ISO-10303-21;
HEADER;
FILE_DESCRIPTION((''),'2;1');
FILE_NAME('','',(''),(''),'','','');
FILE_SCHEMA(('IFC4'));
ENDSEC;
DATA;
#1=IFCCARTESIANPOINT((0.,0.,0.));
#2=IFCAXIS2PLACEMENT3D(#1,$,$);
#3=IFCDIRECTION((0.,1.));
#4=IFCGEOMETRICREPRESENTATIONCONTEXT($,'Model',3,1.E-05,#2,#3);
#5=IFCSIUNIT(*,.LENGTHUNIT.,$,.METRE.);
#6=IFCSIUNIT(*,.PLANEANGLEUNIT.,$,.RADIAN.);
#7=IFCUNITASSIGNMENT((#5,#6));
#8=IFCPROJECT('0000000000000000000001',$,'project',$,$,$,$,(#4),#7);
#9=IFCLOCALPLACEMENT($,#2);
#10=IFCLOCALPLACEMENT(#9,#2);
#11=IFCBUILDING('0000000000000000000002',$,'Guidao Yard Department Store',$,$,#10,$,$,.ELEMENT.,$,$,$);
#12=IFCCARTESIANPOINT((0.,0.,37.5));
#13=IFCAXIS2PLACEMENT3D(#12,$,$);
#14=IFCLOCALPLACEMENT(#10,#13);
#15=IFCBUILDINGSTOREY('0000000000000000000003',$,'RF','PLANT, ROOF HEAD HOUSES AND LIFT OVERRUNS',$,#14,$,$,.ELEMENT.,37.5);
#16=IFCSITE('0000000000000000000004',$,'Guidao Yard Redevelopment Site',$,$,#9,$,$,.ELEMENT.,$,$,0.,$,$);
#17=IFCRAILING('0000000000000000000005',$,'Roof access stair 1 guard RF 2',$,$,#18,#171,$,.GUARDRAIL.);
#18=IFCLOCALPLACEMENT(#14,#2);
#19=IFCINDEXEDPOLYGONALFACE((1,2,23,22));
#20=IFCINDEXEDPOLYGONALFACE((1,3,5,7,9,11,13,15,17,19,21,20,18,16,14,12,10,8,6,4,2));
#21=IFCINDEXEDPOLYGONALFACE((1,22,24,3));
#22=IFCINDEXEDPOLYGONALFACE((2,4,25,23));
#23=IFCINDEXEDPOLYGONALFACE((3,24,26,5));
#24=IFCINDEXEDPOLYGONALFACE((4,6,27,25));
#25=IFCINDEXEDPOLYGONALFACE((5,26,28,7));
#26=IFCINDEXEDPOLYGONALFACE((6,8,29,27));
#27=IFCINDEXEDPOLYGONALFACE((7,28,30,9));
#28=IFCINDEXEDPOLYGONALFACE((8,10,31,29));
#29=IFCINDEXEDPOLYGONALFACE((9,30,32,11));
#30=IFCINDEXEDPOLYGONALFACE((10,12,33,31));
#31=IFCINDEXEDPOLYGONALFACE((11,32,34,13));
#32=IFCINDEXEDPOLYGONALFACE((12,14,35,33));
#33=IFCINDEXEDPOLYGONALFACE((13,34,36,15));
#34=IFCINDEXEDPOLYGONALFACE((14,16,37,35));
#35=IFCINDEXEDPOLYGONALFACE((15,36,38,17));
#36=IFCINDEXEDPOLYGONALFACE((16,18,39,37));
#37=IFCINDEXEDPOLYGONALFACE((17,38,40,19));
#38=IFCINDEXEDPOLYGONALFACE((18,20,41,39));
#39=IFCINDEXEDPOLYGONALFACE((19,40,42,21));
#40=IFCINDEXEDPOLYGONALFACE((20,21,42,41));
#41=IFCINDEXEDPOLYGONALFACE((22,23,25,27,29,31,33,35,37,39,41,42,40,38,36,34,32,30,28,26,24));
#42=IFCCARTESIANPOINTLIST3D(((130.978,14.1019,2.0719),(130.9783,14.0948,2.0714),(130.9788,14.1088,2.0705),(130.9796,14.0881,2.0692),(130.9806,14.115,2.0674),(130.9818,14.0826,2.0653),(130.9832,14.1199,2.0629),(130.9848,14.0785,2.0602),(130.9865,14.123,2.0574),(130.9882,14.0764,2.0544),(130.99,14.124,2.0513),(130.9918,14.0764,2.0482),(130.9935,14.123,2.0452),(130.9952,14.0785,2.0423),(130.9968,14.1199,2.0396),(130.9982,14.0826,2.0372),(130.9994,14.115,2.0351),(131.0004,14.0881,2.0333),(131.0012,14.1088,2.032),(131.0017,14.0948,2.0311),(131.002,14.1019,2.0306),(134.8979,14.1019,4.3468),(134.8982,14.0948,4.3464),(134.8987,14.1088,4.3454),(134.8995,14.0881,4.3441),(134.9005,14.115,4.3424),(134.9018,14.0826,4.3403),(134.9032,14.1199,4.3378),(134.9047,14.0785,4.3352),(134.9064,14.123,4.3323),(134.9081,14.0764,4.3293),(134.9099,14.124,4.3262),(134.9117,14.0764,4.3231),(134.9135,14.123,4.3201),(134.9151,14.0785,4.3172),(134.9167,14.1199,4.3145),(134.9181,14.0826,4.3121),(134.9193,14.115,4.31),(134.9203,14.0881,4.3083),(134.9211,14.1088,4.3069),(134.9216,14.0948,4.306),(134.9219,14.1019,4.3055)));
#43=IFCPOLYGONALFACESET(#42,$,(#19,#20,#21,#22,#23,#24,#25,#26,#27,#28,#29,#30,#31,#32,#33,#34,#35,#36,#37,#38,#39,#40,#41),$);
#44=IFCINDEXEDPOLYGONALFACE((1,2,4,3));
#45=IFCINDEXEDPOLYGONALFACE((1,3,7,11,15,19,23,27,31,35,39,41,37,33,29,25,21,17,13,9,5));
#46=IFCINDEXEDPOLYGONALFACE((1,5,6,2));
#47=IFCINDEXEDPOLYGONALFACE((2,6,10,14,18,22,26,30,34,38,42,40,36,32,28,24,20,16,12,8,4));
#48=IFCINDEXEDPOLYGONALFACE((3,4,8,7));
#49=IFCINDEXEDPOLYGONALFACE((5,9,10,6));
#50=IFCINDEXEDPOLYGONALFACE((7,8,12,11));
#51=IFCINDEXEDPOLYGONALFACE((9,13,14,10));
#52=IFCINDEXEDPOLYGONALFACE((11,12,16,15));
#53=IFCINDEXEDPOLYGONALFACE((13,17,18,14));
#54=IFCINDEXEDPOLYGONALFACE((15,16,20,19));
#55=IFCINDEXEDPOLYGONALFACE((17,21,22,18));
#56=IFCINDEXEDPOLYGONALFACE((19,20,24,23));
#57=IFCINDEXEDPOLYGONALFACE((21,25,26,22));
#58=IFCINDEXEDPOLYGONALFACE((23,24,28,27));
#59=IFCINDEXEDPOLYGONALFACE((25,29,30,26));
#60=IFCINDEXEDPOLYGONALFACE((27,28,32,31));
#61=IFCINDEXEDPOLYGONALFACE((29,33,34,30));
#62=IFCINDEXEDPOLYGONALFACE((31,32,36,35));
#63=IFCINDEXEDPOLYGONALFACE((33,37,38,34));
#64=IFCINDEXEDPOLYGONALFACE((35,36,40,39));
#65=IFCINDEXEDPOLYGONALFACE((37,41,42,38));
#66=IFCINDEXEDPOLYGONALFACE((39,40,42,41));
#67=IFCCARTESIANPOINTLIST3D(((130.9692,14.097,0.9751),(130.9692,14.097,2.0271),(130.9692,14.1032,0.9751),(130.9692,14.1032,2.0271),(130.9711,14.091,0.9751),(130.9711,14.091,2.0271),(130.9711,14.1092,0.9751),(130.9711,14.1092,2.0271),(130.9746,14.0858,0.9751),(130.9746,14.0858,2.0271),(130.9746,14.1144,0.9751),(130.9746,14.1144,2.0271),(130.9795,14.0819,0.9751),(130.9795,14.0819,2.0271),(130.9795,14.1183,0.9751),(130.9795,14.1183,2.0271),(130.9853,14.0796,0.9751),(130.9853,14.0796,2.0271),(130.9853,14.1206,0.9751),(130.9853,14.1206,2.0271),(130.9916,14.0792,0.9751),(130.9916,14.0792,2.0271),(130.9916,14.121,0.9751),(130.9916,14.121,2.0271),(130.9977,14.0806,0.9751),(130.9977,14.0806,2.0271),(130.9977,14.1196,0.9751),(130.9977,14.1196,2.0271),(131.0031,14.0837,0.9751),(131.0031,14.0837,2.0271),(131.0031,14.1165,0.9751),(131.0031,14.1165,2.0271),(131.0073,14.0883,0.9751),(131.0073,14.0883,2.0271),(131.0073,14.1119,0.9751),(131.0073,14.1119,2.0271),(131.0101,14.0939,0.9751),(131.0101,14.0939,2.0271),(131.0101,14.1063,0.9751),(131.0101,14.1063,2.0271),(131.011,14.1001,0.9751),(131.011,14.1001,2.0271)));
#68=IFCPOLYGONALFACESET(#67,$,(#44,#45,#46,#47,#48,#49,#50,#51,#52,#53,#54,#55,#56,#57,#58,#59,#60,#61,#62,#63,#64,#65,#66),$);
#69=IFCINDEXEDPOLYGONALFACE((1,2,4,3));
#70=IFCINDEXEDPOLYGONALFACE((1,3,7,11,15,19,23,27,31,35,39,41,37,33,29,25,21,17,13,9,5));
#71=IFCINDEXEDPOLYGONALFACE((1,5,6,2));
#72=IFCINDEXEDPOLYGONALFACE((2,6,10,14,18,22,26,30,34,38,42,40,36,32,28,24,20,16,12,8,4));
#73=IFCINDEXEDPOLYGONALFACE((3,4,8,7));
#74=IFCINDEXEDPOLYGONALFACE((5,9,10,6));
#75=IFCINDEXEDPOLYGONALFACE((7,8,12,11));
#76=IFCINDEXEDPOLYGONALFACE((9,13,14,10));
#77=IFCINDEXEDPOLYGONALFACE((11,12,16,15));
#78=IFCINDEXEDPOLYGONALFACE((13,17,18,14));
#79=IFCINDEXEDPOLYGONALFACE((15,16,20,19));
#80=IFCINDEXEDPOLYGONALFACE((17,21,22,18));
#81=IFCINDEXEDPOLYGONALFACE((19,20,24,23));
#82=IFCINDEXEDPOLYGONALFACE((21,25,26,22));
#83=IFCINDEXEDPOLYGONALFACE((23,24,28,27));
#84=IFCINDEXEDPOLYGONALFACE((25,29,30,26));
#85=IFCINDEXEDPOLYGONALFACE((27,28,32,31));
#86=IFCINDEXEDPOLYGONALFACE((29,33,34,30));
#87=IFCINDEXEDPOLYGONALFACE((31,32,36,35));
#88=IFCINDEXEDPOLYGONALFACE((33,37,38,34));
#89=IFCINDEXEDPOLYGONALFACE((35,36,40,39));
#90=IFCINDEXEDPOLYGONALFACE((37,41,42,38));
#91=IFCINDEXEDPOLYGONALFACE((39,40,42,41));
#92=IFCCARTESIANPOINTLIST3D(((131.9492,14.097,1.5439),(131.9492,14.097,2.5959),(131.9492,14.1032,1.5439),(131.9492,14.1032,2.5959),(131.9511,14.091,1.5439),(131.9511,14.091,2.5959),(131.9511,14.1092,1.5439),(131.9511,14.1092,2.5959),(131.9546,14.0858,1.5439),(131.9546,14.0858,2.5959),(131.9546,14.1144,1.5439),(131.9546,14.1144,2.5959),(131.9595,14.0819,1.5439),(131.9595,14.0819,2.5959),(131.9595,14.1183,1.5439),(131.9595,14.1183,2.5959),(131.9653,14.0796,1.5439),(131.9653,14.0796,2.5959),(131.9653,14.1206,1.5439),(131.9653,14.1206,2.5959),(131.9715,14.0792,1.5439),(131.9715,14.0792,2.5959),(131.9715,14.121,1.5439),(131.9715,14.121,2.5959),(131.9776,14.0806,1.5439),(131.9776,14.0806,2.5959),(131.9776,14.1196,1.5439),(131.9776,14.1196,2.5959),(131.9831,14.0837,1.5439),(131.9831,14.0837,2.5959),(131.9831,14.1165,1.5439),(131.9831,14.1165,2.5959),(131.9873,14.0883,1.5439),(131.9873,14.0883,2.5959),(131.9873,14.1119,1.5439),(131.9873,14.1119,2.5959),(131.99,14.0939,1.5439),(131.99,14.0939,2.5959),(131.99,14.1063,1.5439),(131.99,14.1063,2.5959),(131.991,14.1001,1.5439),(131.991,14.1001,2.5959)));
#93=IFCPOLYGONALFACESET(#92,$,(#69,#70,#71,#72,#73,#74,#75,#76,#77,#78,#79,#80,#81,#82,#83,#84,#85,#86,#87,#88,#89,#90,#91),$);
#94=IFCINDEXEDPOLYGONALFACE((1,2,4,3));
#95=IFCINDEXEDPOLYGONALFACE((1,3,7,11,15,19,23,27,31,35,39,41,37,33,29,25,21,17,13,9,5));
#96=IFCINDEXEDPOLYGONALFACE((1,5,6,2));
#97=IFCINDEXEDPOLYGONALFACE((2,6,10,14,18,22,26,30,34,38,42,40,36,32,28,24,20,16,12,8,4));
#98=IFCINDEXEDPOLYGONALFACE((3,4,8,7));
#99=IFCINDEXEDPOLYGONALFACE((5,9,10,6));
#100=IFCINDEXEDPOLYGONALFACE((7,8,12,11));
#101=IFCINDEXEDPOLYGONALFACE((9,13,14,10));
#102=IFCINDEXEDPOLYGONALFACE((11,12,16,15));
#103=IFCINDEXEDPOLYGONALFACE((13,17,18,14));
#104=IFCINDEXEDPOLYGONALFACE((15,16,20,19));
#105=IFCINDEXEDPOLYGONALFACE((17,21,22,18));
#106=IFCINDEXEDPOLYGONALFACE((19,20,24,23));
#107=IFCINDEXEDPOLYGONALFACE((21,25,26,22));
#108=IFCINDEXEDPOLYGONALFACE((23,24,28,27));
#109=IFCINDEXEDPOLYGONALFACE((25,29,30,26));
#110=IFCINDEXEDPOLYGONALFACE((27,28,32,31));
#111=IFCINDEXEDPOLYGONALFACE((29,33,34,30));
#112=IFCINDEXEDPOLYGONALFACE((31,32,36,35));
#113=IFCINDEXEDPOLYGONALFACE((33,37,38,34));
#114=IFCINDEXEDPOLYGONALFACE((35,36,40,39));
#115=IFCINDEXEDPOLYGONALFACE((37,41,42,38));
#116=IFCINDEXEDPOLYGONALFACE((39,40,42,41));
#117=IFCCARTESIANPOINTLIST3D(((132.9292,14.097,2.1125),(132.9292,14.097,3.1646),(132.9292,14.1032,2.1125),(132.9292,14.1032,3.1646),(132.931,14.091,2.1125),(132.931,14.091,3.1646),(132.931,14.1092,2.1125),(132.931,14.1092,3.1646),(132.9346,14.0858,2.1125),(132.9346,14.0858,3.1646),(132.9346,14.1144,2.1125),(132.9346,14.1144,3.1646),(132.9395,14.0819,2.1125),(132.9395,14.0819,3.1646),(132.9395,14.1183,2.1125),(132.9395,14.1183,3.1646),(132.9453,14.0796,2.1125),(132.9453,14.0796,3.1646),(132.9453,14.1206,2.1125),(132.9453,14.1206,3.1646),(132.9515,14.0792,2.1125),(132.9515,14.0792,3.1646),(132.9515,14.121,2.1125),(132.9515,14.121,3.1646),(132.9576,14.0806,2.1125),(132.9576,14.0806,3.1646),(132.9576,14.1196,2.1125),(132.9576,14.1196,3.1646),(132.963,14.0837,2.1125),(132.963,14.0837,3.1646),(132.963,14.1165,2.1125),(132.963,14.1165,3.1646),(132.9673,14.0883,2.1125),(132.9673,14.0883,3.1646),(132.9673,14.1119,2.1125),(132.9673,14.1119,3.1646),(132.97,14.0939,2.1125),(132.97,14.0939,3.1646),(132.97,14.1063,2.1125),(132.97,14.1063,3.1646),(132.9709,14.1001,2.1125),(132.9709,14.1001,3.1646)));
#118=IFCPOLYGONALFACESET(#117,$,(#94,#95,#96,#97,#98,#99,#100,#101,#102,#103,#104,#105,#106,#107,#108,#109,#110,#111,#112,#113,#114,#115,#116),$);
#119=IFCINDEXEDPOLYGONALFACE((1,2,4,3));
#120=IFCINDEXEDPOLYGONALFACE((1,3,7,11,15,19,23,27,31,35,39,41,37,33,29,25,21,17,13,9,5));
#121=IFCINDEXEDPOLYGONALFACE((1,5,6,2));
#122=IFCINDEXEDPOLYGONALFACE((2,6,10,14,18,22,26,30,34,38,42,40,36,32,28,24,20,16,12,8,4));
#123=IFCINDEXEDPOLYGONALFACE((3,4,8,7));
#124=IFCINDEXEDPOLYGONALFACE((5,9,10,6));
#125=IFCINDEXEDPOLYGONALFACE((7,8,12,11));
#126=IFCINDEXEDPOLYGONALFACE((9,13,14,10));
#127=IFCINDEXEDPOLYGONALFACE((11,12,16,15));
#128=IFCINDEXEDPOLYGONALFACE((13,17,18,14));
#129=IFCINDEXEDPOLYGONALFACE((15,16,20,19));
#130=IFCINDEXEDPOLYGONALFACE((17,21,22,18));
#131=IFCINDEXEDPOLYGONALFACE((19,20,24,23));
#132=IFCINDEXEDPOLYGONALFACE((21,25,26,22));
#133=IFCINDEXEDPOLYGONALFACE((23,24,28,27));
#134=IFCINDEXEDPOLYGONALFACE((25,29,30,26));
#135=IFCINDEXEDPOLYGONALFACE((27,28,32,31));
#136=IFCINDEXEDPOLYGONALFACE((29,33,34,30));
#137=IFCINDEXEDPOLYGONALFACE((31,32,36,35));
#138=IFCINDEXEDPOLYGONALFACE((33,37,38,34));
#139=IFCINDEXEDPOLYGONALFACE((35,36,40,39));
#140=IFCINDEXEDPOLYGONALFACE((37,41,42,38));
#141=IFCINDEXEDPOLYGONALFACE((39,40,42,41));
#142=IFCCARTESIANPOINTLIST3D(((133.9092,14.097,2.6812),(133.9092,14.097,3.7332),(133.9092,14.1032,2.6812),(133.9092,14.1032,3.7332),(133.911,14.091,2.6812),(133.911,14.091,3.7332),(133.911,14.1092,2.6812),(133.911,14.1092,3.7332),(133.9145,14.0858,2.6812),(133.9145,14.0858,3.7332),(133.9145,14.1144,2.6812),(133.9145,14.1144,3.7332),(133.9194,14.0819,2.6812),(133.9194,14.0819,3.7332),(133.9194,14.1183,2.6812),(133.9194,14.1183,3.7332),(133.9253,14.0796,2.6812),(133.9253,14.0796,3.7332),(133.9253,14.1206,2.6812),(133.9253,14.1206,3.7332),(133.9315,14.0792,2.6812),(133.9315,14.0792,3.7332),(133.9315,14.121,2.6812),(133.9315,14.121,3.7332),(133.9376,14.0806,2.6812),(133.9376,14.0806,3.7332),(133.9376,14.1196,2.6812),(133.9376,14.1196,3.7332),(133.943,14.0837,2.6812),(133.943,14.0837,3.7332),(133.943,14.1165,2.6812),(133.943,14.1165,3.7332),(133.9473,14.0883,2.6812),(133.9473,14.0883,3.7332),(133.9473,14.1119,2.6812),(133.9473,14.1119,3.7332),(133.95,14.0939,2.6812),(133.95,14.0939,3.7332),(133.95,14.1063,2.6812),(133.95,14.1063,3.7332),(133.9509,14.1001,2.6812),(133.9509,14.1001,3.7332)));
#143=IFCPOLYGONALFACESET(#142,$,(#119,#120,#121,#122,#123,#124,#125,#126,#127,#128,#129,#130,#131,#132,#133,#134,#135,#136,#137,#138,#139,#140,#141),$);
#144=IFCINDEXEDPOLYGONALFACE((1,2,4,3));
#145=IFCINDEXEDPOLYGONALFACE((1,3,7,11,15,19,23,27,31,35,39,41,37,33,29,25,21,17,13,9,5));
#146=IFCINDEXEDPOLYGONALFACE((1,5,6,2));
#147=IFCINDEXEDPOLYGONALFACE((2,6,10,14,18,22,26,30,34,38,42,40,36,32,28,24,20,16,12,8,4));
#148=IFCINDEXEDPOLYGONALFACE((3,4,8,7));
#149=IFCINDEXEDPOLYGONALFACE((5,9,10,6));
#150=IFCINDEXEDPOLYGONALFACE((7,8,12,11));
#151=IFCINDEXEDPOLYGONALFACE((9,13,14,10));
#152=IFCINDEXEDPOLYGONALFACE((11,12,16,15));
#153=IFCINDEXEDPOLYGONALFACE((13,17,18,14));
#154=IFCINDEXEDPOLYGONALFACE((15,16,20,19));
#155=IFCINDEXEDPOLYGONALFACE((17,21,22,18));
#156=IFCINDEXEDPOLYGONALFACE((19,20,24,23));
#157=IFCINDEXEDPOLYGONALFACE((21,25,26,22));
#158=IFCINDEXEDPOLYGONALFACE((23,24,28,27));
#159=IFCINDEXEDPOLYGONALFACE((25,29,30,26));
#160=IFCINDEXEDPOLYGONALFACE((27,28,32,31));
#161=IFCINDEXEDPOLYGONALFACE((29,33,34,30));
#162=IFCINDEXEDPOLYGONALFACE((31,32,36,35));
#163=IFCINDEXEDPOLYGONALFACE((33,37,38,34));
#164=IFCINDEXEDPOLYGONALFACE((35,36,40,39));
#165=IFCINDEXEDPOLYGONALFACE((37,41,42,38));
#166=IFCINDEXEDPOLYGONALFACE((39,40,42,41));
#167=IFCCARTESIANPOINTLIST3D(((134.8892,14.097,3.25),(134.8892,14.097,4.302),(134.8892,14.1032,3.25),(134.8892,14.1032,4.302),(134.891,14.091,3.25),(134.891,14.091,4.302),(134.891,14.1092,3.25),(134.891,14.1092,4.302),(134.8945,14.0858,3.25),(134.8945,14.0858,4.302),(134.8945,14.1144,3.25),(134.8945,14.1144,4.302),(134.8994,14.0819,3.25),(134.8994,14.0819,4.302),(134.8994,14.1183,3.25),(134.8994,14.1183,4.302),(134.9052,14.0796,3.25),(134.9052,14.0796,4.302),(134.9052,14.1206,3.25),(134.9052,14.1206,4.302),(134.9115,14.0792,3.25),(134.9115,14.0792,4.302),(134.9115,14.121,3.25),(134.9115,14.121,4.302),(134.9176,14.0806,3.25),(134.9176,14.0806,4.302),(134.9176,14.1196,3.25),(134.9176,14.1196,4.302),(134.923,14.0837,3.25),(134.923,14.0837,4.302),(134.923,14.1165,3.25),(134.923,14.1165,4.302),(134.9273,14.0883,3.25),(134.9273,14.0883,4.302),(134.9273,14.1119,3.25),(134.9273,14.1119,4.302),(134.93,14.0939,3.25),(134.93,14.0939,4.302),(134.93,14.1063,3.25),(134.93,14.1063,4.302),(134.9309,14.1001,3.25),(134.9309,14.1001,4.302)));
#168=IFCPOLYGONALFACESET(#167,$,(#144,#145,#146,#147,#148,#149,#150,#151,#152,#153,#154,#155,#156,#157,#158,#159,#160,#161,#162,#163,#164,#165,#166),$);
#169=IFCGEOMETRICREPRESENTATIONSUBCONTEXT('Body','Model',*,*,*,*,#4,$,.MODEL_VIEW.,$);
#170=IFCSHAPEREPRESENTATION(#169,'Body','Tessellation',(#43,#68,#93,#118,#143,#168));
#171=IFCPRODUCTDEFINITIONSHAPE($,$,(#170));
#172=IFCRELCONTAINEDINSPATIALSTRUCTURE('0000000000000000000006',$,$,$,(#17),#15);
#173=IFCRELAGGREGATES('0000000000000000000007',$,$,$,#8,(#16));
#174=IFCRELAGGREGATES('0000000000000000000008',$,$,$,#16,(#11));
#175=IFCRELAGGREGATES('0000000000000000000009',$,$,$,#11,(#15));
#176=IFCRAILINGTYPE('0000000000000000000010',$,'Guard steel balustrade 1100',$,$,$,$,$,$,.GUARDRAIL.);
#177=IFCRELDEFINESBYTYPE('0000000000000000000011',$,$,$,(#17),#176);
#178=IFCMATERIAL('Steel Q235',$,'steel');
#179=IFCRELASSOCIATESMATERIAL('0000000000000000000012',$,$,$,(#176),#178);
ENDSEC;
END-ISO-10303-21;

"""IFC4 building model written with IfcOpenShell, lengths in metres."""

from ifc_helpers import new_model, si_unit, direction, frame, origin, origin_2d, place, context, subcontext, project, spatial, circle, extrude, material, type_object, element, save


model = new_model("IFC4")

# Units and contexts
model_context = context("Model", 3, precision=1e-05, world=origin(), true_north=direction((0.0, 1.0)))
body_context = subcontext(model_context, "Body", "Model", "MODEL_VIEW")
ifc_project = project(units=[si_unit("LENGTHUNIT", "METRE"), si_unit("PLANEANGLEUNIT", "RADIAN")], contexts=[model_context])

# Site, building, storey
site_placement = place(None, origin())
site = spatial("IfcSite", under=ifc_project, at=site_placement, Name="Guidao Yard Redevelopment Site", CompositionType="ELEMENT", RefElevation=0.0)
building_placement = place(site_placement, origin())
building = spatial("IfcBuilding", under=site, at=building_placement, Name="Guidao Yard Department Store", CompositionType="ELEMENT")
storey_placement = place(building_placement, frame((0.0, 0.0, 37.5)))
storey = spatial("IfcBuildingStorey", under=building, at=storey_placement, Name="RF", Description="PLANT, ROOF HEAD HOUSES AND LIFT OVERRUNS", CompositionType="ELEMENT", Elevation=37.5)

# Railing
ifc_material_1 = material(Name="Steel Q235", Category="steel")
railing_type_1 = type_object("IfcRailingType", Name="Guard steel balustrade 1100", PredefinedType="GUARDRAIL", material=ifc_material_1)
for number, where, name in (
    (1, (130.99, 14.1001, 0.9751), "Roof access stair 1 guard RF 2"),
):
    element("IfcRailing", number, at=place(storey_placement, frame(where)), inside=storey, type_object=railing_type_1, Name=name, PredefinedType="GUARDRAIL", context=body_context, shape_type="SweptSolid", body=[
        extrude(circle(Radius=0.0239, at=origin_2d()), frame((0.0, 0.0, 1.0762), z_axis=(0.864902, 0.0, 0.501941), x_axis=(0.0, 1.0, 0.0)), (0.0, 0.0, 1.0), 4.5322),
        extrude(circle(Radius=0.021, at=origin_2d()), origin(), (0.0, 0.0, 1.0), 1.052),
        extrude(circle(Radius=0.021, at=origin_2d()), frame((0.98, 0.0, 0.5688)), (0.0, 0.0, 1.0), 1.052),
        extrude(circle(Radius=0.021, at=origin_2d()), frame((1.96, 0.0, 1.1375)), (0.0, 0.0, 1.0), 1.052),
        extrude(circle(Radius=0.021, at=origin_2d()), frame((2.9399, 0.0, 1.7061)), (0.0, 0.0, 1.0), 1.052),
        extrude(circle(Radius=0.021, at=origin_2d()), frame((3.9199, 0.0, 2.2749)), (0.0, 0.0, 1.0), 1.052),
    ])

save(model, "model.ifc")
